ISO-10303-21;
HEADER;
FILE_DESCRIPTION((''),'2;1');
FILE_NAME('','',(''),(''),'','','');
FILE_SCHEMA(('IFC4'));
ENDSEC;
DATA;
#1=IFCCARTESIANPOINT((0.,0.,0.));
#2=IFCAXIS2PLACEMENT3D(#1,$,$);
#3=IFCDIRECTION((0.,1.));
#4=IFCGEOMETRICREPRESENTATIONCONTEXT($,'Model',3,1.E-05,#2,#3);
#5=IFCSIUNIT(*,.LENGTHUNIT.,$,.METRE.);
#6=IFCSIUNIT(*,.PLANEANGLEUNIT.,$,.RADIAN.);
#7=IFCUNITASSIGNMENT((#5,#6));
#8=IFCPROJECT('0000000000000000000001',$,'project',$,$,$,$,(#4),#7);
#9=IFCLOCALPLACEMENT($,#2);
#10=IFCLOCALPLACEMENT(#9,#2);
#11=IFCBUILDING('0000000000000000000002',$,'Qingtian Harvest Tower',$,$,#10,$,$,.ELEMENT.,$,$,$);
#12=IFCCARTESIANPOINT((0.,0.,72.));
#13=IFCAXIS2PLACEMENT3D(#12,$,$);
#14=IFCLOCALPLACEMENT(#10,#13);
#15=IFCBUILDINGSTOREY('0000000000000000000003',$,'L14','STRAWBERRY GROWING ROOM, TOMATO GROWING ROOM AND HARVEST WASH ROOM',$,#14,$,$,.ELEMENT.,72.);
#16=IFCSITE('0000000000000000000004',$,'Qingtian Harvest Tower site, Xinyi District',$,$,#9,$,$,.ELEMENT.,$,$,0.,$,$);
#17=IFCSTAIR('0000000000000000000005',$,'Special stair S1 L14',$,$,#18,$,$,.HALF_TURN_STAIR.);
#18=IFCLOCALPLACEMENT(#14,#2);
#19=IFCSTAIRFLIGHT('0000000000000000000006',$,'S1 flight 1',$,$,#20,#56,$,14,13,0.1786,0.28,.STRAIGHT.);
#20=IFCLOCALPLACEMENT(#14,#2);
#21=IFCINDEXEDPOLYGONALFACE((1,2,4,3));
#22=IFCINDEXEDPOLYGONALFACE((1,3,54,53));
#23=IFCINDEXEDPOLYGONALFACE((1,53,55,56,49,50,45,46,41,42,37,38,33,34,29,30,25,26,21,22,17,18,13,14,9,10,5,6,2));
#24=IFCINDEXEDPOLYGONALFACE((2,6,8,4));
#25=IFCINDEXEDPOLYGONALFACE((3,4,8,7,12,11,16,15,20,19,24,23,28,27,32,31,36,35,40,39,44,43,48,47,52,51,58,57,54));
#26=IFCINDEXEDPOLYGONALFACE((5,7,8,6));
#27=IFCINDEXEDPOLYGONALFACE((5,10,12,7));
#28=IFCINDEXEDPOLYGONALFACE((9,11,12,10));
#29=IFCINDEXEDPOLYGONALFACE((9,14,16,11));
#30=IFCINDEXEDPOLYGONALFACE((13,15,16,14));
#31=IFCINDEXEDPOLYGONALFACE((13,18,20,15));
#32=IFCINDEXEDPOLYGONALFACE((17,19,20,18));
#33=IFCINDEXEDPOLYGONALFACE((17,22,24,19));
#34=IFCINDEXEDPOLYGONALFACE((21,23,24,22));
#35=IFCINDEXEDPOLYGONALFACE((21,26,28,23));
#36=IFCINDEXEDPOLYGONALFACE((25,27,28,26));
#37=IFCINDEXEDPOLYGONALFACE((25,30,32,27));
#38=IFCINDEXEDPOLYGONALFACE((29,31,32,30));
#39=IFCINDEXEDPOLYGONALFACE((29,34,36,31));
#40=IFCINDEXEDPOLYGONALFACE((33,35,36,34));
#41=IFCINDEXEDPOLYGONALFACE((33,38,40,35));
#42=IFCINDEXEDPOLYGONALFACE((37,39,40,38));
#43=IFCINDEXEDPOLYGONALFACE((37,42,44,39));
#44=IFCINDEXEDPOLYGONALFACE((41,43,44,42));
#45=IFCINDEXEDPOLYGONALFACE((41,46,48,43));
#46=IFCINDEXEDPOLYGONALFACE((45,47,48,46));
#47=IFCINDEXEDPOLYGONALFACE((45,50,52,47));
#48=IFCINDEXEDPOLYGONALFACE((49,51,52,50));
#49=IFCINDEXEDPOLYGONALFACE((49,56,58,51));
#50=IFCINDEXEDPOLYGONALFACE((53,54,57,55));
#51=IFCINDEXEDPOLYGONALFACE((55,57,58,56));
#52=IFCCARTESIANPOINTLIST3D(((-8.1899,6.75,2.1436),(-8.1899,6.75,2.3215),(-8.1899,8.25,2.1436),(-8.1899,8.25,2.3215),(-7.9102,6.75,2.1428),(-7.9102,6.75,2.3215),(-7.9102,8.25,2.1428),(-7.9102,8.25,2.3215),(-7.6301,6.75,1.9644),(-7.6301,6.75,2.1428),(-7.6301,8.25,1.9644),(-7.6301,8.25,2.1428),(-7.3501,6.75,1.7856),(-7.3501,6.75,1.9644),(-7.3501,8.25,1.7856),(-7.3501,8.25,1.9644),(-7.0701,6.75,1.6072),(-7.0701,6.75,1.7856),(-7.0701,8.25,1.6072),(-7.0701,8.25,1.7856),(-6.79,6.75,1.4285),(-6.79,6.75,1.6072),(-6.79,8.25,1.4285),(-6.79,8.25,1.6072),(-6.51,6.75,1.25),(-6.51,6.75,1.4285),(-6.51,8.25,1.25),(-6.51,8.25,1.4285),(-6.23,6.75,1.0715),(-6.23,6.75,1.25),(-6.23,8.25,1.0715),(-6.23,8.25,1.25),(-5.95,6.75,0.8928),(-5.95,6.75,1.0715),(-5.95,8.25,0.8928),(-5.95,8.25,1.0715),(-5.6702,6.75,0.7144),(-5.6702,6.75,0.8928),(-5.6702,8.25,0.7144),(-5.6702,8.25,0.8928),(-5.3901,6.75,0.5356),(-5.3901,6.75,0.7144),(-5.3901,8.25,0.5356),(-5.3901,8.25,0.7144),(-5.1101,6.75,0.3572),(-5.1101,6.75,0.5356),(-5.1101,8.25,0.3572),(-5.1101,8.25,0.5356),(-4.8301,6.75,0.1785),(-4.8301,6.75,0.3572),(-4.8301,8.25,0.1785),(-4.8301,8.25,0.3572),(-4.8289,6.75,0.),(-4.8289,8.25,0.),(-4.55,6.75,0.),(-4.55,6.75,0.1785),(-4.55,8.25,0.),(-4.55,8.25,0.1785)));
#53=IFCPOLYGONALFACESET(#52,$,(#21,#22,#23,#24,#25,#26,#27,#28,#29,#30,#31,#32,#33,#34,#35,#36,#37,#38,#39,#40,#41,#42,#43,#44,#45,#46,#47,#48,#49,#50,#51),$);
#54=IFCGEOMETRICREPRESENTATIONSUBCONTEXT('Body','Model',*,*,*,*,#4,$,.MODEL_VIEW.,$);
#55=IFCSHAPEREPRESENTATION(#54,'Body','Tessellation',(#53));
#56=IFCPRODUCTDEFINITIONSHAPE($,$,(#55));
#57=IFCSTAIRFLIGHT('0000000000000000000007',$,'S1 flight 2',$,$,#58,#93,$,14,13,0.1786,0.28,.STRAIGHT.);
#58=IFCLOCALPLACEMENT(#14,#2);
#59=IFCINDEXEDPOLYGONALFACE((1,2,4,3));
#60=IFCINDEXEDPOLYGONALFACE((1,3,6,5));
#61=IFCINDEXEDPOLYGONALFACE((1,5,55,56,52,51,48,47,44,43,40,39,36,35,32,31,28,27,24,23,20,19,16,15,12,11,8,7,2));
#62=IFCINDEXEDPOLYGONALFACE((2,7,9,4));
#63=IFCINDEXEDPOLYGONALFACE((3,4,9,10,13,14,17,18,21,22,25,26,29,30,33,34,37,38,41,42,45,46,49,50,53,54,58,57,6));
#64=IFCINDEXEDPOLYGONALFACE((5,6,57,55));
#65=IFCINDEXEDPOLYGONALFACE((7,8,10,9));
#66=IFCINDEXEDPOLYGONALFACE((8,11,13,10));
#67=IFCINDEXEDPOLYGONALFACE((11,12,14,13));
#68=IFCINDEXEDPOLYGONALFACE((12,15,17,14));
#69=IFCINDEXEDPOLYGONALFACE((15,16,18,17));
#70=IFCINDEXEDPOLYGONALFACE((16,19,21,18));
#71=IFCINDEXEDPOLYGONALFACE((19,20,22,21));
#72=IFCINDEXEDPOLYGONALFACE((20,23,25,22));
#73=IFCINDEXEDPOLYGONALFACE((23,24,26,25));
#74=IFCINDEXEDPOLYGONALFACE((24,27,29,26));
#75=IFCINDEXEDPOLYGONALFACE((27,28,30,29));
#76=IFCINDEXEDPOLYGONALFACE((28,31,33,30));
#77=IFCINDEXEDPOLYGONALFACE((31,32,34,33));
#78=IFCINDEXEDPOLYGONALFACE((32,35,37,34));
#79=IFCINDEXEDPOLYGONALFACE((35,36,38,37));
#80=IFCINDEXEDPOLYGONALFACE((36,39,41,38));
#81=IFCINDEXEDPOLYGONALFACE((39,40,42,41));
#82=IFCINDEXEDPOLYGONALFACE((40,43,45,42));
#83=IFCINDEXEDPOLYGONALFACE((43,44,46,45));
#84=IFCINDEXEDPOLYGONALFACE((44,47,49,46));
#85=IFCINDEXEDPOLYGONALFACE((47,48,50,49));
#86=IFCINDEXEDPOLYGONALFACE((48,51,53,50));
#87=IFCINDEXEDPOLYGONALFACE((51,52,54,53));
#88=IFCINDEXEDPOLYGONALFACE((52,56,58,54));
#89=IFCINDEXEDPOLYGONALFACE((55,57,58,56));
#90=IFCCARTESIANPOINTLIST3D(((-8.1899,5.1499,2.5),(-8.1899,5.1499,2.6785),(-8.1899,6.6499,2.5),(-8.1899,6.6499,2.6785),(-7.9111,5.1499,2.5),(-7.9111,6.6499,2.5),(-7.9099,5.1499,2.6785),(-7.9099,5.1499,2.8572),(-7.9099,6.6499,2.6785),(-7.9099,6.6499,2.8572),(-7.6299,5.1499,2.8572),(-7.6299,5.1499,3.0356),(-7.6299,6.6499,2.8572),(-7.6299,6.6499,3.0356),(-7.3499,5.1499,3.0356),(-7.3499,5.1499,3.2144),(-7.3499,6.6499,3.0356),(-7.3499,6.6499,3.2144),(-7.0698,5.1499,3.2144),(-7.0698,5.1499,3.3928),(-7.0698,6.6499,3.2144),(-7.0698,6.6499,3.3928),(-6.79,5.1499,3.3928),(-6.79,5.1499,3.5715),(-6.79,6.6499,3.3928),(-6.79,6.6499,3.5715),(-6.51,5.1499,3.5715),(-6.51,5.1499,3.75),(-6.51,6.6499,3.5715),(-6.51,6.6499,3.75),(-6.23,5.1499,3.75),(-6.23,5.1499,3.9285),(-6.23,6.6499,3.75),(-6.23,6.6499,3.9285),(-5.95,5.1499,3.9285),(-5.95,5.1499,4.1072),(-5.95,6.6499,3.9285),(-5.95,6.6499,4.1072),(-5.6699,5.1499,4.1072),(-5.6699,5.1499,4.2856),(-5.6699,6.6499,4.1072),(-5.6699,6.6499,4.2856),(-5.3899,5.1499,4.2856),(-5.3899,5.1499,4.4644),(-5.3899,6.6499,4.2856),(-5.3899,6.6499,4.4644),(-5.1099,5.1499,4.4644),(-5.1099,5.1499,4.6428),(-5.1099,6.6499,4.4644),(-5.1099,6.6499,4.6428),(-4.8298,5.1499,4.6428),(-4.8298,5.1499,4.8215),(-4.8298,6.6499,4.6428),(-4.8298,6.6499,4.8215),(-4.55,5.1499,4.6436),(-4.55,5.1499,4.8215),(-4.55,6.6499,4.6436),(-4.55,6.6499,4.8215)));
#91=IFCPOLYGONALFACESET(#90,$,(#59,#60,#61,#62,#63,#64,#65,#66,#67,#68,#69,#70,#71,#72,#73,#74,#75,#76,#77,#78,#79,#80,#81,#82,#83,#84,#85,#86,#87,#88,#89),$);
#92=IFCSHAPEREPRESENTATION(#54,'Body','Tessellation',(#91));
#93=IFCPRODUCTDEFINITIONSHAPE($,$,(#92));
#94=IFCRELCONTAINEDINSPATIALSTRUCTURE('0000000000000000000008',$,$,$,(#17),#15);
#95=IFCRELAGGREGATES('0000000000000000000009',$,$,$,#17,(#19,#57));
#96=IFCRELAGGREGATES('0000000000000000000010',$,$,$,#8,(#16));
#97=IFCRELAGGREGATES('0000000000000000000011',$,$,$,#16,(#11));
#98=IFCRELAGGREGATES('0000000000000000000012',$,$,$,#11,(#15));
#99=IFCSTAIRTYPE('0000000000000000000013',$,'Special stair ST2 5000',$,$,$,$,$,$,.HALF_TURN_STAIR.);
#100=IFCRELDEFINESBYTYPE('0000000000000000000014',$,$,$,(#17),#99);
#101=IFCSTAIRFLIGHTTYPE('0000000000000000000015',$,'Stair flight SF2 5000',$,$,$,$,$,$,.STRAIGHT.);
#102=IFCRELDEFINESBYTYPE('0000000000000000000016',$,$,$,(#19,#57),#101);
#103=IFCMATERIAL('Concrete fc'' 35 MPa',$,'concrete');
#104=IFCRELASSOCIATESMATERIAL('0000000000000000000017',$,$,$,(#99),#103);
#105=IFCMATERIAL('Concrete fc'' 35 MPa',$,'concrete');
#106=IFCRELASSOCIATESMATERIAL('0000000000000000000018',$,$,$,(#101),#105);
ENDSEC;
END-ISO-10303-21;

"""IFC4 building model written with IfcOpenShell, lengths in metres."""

from ifc_helpers import new_model, si_unit, direction, frame, origin, place, context, subcontext, project, spatial, polyline, outline, extrude, material, type_object, element, aggregate, save


model = new_model("IFC4")

# Units and contexts
model_context = context("Model", 3, precision=1e-05, world=origin(), true_north=direction((0.0, 1.0)))
body_context = subcontext(model_context, "Body", "Model", "MODEL_VIEW")
ifc_project = project(units=[si_unit("LENGTHUNIT", "METRE"), si_unit("PLANEANGLEUNIT", "RADIAN")], contexts=[model_context])

# Site, building, storey
site_placement = place(None, origin())
site = spatial("IfcSite", under=ifc_project, at=site_placement, Name="Qingtian Harvest Tower site, Xinyi District", CompositionType="ELEMENT", RefElevation=0.0)
building_placement = place(site_placement, origin())
building = spatial("IfcBuilding", under=site, at=building_placement, Name="Qingtian Harvest Tower", CompositionType="ELEMENT")
storey_placement = place(building_placement, frame((0.0, 0.0, 72.0)))
storey = spatial("IfcBuildingStorey", under=building, at=storey_placement, Name="L14", Description="STRAWBERRY GROWING ROOM, TOMATO GROWING ROOM AND HARVEST WASH ROOM", CompositionType="ELEMENT", Elevation=72.0)

# Stair, stair flights
ifc_material_1 = material(Name="Concrete fc' 35 MPa", Category="concrete")
stair_type = type_object("IfcStairType", Name="Special stair ST2 5000", PredefinedType="HALF_TURN_STAIR", material=ifc_material_1)
stair_placement = place(storey_placement, origin())
stair = element("IfcStair", 1, at=stair_placement, inside=storey, type_object=stair_type, Name="Special stair S1 L14", PredefinedType="HALF_TURN_STAIR")
ifc_material_2 = material(Name="Concrete fc' 35 MPa", Category="concrete")
stair_flight_type = type_object("IfcStairFlightType", Name="Stair flight SF2 5000", PredefinedType="STRAIGHT", material=ifc_material_2)
stair_flight_1_placement = place(storey_placement, frame((-4.55, 7.5, 0.0), z_axis=(0.0, 0.0, 1.0), x_axis=(-1.0, 0.0, 0.0)))
stair_flight_1 = element("IfcStairFlight", 2, at=stair_flight_1_placement, type_object=stair_flight_type, Name="S1 flight 1", NumberOfRisers=14, NumberOfTreads=13, PredefinedType="STRAIGHT", RiserHeight=0.1786, TreadLength=0.28, context=body_context, shape_type="SweptSolid", body=[
    extrude(outline(polyline([(0.0, 0.0), (0.0, 0.1785), (0.28, 0.1785), (0.28, 0.3572), (0.5601, 0.3572), (0.5601, 0.5356), (0.8401, 0.5356), (0.8401, 0.7144), (1.1201, 0.7144), (1.1201, 0.8928), (1.3999, 0.8928), (1.3999, 1.0715), (1.6799, 1.0715), (1.6799, 1.25), (1.96, 1.25), (1.96, 1.4285), (2.24, 1.4285), (2.24, 1.6072), (2.52, 1.6072), (2.52, 1.7856), (2.8, 1.7856), (2.8, 1.9644), (3.0801, 1.9644), (3.0801, 2.1428), (3.3601, 2.1428), (3.3601, 2.3215), (3.6399, 2.3215), (3.6399, 2.5), (3.6399, 2.1436), (0.2788, 0.0), (0.0, 0.0)])), frame((0.0, 0.75, 0.0), z_axis=(0.0, -1.0, 0.0), x_axis=(1.0, 0.0, 0.0)), (0.0, 0.0, 1.0), 1.5),
])
stair_flight_2_placement = place(storey_placement, frame((-8.1899, 5.8999, 2.5), z_axis=(0.0, 0.0, 1.0), x_axis=(1.0, 0.0, 0.0)))
stair_flight_2 = element("IfcStairFlight", 3, at=stair_flight_2_placement, type_object=stair_flight_type, Name="S1 flight 2", NumberOfRisers=14, NumberOfTreads=13, PredefinedType="STRAIGHT", RiserHeight=0.1786, TreadLength=0.28, context=body_context, shape_type="SweptSolid", body=[
    extrude(outline(polyline([(0.0, 0.0), (0.0, 0.1785), (0.28, 0.1785), (0.28, 0.3572), (0.5601, 0.3572), (0.5601, 0.5356), (0.8401, 0.5356), (0.8401, 0.7144), (1.1201, 0.7144), (1.1201, 0.8928), (1.3999, 0.8928), (1.3999, 1.0715), (1.6799, 1.0715), (1.6799, 1.25), (1.96, 1.25), (1.96, 1.4285), (2.24, 1.4285), (2.24, 1.6072), (2.52, 1.6072), (2.52, 1.7856), (2.8, 1.7856), (2.8, 1.9644), (3.0801, 1.9644), (3.0801, 2.1428), (3.3601, 2.1428), (3.3601, 2.3215), (3.6399, 2.3215), (3.6399, 2.5), (3.6399, 2.1436), (0.2788, 0.0), (0.0, 0.0)])), frame((0.0, 0.75, 0.0), z_axis=(0.0, -1.0, 0.0), x_axis=(1.0, 0.0, 0.0)), (0.0, 0.0, 1.0), 1.5),
])
aggregate(stair, [stair_flight_1, stair_flight_2])

save(model, "model.ifc")
